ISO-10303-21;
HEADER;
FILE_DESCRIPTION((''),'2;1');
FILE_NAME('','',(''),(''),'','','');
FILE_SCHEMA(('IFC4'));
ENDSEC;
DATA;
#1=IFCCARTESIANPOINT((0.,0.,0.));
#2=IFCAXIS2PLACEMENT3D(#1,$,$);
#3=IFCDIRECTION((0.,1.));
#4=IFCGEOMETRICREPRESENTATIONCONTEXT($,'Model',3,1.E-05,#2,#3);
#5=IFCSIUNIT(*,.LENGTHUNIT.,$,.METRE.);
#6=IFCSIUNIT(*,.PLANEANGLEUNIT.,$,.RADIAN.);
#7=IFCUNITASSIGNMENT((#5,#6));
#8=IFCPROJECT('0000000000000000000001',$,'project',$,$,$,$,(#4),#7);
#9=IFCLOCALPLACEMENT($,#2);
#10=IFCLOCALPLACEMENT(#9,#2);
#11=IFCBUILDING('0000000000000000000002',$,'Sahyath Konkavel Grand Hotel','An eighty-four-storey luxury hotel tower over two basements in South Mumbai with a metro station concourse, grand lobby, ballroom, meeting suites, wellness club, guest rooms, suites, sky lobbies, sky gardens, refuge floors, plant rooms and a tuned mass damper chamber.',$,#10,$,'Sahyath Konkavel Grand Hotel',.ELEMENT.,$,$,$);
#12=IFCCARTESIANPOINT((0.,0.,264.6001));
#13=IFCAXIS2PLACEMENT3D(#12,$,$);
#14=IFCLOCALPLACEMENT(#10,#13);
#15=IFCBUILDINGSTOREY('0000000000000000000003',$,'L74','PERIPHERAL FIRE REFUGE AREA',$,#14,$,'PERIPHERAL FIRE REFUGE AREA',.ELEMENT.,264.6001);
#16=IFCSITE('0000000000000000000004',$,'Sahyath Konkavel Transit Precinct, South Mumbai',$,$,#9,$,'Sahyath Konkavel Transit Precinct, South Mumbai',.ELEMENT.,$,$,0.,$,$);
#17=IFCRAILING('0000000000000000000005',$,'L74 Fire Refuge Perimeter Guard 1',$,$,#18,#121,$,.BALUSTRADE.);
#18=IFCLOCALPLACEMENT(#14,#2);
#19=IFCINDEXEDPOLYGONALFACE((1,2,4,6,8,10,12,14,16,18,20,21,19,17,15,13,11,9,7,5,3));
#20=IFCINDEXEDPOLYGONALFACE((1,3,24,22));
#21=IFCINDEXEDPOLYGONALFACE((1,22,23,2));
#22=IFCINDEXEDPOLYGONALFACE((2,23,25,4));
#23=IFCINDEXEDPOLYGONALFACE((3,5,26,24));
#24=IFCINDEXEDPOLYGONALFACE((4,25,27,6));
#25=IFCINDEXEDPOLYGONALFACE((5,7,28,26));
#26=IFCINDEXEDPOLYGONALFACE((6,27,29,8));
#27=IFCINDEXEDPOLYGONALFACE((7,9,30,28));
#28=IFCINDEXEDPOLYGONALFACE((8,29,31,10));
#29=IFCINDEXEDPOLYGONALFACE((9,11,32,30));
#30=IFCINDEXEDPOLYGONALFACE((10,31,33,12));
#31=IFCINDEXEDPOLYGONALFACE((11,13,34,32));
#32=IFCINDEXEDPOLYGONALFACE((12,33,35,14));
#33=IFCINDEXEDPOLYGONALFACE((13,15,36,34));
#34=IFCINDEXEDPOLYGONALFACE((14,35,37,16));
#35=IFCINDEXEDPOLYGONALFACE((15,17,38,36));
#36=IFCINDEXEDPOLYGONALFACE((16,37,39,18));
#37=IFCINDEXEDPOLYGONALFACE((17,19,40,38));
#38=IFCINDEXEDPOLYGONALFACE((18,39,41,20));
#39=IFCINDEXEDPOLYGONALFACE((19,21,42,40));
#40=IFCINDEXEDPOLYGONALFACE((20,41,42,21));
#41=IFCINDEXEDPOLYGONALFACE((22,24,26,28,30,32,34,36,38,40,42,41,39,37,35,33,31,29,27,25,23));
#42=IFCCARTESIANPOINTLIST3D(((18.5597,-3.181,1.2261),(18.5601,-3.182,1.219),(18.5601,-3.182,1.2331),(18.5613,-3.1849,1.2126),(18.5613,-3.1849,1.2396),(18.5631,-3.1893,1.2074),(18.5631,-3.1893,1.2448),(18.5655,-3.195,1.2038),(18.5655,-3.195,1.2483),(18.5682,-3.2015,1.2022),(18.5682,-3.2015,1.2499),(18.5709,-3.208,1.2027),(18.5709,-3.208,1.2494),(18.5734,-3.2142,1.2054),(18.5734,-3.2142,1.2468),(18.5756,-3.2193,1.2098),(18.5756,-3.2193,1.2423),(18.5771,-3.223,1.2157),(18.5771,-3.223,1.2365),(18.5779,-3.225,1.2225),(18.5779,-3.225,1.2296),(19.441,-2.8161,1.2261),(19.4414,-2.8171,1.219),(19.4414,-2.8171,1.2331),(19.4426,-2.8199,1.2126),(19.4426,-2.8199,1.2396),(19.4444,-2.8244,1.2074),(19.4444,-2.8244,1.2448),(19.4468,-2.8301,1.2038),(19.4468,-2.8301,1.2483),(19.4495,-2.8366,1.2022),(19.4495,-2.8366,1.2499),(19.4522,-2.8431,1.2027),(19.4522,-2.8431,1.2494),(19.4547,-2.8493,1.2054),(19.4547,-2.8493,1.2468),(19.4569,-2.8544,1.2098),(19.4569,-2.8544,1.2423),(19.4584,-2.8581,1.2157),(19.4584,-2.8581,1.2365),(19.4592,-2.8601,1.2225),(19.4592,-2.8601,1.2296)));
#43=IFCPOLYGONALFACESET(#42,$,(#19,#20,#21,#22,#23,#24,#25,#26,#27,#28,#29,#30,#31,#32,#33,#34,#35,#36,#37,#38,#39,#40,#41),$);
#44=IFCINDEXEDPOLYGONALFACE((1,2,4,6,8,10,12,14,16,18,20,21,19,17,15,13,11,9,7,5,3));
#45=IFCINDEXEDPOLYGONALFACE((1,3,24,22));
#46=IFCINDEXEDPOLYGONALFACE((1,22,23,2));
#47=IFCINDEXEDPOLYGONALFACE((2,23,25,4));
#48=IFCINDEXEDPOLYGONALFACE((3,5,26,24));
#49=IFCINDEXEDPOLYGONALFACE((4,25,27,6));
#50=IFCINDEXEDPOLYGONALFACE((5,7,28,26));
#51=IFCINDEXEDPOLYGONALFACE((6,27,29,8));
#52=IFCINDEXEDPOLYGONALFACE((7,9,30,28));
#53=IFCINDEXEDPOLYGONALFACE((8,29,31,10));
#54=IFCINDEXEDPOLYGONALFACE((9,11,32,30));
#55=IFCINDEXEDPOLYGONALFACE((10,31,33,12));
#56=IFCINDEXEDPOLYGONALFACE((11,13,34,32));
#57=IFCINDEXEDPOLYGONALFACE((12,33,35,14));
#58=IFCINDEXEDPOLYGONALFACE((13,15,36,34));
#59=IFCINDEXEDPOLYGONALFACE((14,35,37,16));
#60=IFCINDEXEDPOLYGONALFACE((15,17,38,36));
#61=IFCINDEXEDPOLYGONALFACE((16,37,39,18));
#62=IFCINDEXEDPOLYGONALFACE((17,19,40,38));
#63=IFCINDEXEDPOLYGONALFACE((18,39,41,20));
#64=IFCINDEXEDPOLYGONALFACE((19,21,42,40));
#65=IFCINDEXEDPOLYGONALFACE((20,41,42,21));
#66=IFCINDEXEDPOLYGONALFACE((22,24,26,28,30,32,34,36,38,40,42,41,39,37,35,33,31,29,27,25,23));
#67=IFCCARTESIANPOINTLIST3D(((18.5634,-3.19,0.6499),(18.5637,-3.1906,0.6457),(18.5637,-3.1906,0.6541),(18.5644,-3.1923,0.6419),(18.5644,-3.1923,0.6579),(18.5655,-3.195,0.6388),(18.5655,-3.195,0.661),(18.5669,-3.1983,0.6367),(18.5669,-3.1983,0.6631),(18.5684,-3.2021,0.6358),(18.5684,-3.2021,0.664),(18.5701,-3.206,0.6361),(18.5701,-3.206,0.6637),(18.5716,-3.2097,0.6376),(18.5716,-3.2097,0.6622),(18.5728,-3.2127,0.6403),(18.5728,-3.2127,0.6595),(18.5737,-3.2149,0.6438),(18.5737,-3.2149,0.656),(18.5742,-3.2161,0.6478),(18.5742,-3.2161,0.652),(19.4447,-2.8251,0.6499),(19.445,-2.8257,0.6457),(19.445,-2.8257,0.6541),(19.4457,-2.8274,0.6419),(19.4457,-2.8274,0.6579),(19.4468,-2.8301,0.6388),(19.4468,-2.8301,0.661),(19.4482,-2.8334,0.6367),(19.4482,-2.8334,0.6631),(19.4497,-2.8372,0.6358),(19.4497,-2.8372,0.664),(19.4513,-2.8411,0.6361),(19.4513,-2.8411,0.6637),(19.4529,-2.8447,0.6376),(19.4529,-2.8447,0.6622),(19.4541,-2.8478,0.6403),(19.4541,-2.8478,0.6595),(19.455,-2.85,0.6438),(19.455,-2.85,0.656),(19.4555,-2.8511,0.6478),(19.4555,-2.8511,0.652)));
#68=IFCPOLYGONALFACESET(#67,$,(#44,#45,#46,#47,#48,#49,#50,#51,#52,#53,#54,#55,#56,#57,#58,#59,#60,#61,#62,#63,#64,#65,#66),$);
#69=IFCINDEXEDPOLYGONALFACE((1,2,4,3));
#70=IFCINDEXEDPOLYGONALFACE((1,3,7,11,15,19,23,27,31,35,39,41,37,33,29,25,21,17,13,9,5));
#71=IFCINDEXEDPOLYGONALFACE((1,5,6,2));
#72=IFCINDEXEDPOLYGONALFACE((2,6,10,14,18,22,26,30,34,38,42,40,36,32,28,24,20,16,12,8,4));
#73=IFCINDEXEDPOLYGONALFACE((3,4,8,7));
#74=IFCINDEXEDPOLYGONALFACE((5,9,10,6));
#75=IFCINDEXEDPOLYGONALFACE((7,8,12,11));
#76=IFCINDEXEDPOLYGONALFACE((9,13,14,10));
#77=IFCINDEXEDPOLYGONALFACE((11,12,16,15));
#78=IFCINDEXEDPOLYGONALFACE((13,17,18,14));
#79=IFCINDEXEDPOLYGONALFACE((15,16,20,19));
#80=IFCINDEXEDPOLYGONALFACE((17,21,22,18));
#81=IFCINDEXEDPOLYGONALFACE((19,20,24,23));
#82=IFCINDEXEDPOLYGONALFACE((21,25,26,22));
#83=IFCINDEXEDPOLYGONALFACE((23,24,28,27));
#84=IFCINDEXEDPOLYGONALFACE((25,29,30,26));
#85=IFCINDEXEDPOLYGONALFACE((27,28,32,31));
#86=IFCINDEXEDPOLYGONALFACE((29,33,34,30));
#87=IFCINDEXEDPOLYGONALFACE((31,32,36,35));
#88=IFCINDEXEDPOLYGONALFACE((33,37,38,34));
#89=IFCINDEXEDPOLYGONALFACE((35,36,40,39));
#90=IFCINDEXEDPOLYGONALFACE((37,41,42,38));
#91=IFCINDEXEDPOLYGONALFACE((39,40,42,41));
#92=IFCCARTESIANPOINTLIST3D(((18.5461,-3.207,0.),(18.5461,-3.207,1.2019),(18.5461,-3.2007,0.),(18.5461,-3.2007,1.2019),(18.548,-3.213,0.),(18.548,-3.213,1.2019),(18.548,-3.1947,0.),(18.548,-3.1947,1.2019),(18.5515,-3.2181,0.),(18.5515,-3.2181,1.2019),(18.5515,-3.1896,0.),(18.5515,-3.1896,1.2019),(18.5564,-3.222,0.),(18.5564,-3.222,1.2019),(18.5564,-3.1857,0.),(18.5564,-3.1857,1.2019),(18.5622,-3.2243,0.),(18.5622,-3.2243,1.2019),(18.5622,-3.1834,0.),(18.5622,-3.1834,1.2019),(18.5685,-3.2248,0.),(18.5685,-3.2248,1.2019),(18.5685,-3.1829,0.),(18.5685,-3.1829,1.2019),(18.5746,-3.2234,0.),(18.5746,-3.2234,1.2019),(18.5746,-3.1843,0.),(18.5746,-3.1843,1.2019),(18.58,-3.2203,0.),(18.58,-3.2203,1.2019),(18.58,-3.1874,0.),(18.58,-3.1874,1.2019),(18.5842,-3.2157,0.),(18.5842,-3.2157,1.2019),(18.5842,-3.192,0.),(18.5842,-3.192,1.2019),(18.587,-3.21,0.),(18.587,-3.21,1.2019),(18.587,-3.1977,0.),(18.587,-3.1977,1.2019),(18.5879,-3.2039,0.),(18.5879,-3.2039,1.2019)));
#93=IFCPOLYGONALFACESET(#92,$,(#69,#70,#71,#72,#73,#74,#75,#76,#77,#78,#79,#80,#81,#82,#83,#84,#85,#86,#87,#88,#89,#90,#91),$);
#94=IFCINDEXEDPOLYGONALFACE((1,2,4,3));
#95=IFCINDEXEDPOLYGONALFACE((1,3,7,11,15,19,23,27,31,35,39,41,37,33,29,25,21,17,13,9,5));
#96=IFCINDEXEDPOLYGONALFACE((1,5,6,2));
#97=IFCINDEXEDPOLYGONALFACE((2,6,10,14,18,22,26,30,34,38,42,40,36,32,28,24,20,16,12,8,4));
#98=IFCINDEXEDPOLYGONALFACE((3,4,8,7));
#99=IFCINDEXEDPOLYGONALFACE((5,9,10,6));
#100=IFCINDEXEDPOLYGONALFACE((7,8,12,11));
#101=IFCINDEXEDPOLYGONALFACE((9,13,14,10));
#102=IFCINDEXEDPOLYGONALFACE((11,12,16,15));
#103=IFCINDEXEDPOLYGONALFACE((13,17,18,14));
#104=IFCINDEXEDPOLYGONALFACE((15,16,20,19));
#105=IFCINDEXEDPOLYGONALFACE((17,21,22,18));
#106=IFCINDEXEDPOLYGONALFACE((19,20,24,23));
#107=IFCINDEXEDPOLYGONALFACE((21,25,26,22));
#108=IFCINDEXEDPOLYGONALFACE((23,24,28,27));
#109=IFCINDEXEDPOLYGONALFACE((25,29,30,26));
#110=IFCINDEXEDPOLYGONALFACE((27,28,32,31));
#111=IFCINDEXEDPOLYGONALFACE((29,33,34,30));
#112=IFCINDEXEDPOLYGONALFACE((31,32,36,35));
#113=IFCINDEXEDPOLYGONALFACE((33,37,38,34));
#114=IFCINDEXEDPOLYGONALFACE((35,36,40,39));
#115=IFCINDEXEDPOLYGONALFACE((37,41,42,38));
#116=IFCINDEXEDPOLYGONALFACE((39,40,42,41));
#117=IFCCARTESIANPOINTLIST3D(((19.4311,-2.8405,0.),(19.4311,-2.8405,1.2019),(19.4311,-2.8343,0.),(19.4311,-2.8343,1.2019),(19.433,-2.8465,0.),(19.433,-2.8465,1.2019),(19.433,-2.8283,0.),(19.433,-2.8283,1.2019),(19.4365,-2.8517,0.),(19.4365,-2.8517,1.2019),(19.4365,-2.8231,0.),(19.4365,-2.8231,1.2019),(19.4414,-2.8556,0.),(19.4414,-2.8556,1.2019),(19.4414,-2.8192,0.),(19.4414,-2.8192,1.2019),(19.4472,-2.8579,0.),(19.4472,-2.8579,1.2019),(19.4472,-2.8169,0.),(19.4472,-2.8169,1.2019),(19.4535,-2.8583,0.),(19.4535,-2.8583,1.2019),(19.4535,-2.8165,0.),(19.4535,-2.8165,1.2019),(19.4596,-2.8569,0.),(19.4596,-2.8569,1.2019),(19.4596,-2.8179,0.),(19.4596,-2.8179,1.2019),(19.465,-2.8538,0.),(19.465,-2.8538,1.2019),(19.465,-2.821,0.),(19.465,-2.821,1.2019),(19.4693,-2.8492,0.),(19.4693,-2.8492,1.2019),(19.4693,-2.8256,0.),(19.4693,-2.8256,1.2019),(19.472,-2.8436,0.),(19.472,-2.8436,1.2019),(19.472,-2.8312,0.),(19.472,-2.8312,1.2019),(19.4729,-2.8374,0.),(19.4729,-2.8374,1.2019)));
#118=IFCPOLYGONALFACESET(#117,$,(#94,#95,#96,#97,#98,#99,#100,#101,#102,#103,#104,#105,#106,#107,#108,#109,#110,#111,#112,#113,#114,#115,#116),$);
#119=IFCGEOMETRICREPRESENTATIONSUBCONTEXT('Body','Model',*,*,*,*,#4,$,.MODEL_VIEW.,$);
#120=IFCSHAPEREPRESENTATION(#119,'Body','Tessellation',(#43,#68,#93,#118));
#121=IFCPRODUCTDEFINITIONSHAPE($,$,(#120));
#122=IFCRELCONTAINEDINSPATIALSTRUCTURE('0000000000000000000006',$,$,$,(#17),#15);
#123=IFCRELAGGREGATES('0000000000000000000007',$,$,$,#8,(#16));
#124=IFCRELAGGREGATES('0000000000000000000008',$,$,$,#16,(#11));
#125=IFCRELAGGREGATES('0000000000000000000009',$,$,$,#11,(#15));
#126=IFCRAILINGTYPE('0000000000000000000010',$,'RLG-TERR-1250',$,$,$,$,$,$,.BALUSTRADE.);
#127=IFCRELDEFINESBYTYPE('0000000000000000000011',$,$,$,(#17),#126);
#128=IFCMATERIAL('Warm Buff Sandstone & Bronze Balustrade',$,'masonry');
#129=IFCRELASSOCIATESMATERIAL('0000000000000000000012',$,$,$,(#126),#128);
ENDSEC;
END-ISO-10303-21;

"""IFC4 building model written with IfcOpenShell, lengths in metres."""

from ifc_helpers import new_model, si_unit, direction, frame, origin, origin_2d, place, context, subcontext, project, spatial, circle, extrude, material, type_object, element, save


model = new_model("IFC4")

# Units and contexts
model_context = context("Model", 3, precision=1e-05, world=origin(), true_north=direction((0.0, 1.0)))
body_context = subcontext(model_context, "Body", "Model", "MODEL_VIEW")
ifc_project = project(units=[si_unit("LENGTHUNIT", "METRE"), si_unit("PLANEANGLEUNIT", "RADIAN")], contexts=[model_context])

# Site, building, storey
site_placement = place(None, origin())
site = spatial("IfcSite", under=ifc_project, at=site_placement, Name="Sahyath Konkavel Transit Precinct, South Mumbai", LongName="Sahyath Konkavel Transit Precinct, South Mumbai", CompositionType="ELEMENT", RefElevation=0.0)
building_placement = place(site_placement, origin())
building = spatial("IfcBuilding", under=site, at=building_placement, Name="Sahyath Konkavel Grand Hotel", Description="An eighty-four-storey luxury hotel tower over two basements in South Mumbai with a metro station concourse, grand lobby, ballroom, meeting suites, wellness club, guest rooms, suites, sky lobbies, sky gardens, refuge floors, plant rooms and a tuned mass damper chamber.", LongName="Sahyath Konkavel Grand Hotel", CompositionType="ELEMENT")
storey_placement = place(building_placement, frame((0.0, 0.0, 264.6001)))
storey = spatial("IfcBuildingStorey", under=building, at=storey_placement, Name="L74", Description="PERIPHERAL FIRE REFUGE AREA", LongName="PERIPHERAL FIRE REFUGE AREA", CompositionType="ELEMENT", Elevation=264.6001)

# Railing
ifc_material_1 = material(Name="Warm Buff Sandstone & Bronze Balustrade", Category="masonry")
railing_type = type_object("IfcRailingType", Name="RLG-TERR-1250", PredefinedType="BALUSTRADE", material=ifc_material_1)
railing_1_placement = place(storey_placement, frame((18.5669, -3.2039, 0.0)))
element("IfcRailing", 1, at=railing_1_placement, inside=storey, type_object=railing_type, Name="L74 Fire Refuge Perimeter Guard 1", PredefinedType="BALUSTRADE", context=body_context, shape_type="SweptSolid", body=[
    extrude(circle(Radius=0.0239, at=origin_2d()), frame((0.002, 0.0007, 1.2261), z_axis=(0.923927, 0.382569, 0.0), x_axis=(-0.382569, 0.923927, 0.0)), (0.0, 0.0, 1.0), 0.9539),
    extrude(circle(Radius=0.0142, at=origin_2d()), frame((0.002, 0.0007, 0.6499), z_axis=(0.923927, 0.382569, 0.0), x_axis=(-0.382569, 0.923927, 0.0)), (0.0, 0.0, 1.0), 0.9539),
    extrude(circle(Radius=0.021, at=origin_2d()), origin(), (0.0, 0.0, 1.0), 1.2019),
    extrude(circle(Radius=0.021, at=origin_2d()), frame((0.885, 0.3665, 0.0)), (0.0, 0.0, 1.0), 1.2019),
])

save(model, "model.ifc")
